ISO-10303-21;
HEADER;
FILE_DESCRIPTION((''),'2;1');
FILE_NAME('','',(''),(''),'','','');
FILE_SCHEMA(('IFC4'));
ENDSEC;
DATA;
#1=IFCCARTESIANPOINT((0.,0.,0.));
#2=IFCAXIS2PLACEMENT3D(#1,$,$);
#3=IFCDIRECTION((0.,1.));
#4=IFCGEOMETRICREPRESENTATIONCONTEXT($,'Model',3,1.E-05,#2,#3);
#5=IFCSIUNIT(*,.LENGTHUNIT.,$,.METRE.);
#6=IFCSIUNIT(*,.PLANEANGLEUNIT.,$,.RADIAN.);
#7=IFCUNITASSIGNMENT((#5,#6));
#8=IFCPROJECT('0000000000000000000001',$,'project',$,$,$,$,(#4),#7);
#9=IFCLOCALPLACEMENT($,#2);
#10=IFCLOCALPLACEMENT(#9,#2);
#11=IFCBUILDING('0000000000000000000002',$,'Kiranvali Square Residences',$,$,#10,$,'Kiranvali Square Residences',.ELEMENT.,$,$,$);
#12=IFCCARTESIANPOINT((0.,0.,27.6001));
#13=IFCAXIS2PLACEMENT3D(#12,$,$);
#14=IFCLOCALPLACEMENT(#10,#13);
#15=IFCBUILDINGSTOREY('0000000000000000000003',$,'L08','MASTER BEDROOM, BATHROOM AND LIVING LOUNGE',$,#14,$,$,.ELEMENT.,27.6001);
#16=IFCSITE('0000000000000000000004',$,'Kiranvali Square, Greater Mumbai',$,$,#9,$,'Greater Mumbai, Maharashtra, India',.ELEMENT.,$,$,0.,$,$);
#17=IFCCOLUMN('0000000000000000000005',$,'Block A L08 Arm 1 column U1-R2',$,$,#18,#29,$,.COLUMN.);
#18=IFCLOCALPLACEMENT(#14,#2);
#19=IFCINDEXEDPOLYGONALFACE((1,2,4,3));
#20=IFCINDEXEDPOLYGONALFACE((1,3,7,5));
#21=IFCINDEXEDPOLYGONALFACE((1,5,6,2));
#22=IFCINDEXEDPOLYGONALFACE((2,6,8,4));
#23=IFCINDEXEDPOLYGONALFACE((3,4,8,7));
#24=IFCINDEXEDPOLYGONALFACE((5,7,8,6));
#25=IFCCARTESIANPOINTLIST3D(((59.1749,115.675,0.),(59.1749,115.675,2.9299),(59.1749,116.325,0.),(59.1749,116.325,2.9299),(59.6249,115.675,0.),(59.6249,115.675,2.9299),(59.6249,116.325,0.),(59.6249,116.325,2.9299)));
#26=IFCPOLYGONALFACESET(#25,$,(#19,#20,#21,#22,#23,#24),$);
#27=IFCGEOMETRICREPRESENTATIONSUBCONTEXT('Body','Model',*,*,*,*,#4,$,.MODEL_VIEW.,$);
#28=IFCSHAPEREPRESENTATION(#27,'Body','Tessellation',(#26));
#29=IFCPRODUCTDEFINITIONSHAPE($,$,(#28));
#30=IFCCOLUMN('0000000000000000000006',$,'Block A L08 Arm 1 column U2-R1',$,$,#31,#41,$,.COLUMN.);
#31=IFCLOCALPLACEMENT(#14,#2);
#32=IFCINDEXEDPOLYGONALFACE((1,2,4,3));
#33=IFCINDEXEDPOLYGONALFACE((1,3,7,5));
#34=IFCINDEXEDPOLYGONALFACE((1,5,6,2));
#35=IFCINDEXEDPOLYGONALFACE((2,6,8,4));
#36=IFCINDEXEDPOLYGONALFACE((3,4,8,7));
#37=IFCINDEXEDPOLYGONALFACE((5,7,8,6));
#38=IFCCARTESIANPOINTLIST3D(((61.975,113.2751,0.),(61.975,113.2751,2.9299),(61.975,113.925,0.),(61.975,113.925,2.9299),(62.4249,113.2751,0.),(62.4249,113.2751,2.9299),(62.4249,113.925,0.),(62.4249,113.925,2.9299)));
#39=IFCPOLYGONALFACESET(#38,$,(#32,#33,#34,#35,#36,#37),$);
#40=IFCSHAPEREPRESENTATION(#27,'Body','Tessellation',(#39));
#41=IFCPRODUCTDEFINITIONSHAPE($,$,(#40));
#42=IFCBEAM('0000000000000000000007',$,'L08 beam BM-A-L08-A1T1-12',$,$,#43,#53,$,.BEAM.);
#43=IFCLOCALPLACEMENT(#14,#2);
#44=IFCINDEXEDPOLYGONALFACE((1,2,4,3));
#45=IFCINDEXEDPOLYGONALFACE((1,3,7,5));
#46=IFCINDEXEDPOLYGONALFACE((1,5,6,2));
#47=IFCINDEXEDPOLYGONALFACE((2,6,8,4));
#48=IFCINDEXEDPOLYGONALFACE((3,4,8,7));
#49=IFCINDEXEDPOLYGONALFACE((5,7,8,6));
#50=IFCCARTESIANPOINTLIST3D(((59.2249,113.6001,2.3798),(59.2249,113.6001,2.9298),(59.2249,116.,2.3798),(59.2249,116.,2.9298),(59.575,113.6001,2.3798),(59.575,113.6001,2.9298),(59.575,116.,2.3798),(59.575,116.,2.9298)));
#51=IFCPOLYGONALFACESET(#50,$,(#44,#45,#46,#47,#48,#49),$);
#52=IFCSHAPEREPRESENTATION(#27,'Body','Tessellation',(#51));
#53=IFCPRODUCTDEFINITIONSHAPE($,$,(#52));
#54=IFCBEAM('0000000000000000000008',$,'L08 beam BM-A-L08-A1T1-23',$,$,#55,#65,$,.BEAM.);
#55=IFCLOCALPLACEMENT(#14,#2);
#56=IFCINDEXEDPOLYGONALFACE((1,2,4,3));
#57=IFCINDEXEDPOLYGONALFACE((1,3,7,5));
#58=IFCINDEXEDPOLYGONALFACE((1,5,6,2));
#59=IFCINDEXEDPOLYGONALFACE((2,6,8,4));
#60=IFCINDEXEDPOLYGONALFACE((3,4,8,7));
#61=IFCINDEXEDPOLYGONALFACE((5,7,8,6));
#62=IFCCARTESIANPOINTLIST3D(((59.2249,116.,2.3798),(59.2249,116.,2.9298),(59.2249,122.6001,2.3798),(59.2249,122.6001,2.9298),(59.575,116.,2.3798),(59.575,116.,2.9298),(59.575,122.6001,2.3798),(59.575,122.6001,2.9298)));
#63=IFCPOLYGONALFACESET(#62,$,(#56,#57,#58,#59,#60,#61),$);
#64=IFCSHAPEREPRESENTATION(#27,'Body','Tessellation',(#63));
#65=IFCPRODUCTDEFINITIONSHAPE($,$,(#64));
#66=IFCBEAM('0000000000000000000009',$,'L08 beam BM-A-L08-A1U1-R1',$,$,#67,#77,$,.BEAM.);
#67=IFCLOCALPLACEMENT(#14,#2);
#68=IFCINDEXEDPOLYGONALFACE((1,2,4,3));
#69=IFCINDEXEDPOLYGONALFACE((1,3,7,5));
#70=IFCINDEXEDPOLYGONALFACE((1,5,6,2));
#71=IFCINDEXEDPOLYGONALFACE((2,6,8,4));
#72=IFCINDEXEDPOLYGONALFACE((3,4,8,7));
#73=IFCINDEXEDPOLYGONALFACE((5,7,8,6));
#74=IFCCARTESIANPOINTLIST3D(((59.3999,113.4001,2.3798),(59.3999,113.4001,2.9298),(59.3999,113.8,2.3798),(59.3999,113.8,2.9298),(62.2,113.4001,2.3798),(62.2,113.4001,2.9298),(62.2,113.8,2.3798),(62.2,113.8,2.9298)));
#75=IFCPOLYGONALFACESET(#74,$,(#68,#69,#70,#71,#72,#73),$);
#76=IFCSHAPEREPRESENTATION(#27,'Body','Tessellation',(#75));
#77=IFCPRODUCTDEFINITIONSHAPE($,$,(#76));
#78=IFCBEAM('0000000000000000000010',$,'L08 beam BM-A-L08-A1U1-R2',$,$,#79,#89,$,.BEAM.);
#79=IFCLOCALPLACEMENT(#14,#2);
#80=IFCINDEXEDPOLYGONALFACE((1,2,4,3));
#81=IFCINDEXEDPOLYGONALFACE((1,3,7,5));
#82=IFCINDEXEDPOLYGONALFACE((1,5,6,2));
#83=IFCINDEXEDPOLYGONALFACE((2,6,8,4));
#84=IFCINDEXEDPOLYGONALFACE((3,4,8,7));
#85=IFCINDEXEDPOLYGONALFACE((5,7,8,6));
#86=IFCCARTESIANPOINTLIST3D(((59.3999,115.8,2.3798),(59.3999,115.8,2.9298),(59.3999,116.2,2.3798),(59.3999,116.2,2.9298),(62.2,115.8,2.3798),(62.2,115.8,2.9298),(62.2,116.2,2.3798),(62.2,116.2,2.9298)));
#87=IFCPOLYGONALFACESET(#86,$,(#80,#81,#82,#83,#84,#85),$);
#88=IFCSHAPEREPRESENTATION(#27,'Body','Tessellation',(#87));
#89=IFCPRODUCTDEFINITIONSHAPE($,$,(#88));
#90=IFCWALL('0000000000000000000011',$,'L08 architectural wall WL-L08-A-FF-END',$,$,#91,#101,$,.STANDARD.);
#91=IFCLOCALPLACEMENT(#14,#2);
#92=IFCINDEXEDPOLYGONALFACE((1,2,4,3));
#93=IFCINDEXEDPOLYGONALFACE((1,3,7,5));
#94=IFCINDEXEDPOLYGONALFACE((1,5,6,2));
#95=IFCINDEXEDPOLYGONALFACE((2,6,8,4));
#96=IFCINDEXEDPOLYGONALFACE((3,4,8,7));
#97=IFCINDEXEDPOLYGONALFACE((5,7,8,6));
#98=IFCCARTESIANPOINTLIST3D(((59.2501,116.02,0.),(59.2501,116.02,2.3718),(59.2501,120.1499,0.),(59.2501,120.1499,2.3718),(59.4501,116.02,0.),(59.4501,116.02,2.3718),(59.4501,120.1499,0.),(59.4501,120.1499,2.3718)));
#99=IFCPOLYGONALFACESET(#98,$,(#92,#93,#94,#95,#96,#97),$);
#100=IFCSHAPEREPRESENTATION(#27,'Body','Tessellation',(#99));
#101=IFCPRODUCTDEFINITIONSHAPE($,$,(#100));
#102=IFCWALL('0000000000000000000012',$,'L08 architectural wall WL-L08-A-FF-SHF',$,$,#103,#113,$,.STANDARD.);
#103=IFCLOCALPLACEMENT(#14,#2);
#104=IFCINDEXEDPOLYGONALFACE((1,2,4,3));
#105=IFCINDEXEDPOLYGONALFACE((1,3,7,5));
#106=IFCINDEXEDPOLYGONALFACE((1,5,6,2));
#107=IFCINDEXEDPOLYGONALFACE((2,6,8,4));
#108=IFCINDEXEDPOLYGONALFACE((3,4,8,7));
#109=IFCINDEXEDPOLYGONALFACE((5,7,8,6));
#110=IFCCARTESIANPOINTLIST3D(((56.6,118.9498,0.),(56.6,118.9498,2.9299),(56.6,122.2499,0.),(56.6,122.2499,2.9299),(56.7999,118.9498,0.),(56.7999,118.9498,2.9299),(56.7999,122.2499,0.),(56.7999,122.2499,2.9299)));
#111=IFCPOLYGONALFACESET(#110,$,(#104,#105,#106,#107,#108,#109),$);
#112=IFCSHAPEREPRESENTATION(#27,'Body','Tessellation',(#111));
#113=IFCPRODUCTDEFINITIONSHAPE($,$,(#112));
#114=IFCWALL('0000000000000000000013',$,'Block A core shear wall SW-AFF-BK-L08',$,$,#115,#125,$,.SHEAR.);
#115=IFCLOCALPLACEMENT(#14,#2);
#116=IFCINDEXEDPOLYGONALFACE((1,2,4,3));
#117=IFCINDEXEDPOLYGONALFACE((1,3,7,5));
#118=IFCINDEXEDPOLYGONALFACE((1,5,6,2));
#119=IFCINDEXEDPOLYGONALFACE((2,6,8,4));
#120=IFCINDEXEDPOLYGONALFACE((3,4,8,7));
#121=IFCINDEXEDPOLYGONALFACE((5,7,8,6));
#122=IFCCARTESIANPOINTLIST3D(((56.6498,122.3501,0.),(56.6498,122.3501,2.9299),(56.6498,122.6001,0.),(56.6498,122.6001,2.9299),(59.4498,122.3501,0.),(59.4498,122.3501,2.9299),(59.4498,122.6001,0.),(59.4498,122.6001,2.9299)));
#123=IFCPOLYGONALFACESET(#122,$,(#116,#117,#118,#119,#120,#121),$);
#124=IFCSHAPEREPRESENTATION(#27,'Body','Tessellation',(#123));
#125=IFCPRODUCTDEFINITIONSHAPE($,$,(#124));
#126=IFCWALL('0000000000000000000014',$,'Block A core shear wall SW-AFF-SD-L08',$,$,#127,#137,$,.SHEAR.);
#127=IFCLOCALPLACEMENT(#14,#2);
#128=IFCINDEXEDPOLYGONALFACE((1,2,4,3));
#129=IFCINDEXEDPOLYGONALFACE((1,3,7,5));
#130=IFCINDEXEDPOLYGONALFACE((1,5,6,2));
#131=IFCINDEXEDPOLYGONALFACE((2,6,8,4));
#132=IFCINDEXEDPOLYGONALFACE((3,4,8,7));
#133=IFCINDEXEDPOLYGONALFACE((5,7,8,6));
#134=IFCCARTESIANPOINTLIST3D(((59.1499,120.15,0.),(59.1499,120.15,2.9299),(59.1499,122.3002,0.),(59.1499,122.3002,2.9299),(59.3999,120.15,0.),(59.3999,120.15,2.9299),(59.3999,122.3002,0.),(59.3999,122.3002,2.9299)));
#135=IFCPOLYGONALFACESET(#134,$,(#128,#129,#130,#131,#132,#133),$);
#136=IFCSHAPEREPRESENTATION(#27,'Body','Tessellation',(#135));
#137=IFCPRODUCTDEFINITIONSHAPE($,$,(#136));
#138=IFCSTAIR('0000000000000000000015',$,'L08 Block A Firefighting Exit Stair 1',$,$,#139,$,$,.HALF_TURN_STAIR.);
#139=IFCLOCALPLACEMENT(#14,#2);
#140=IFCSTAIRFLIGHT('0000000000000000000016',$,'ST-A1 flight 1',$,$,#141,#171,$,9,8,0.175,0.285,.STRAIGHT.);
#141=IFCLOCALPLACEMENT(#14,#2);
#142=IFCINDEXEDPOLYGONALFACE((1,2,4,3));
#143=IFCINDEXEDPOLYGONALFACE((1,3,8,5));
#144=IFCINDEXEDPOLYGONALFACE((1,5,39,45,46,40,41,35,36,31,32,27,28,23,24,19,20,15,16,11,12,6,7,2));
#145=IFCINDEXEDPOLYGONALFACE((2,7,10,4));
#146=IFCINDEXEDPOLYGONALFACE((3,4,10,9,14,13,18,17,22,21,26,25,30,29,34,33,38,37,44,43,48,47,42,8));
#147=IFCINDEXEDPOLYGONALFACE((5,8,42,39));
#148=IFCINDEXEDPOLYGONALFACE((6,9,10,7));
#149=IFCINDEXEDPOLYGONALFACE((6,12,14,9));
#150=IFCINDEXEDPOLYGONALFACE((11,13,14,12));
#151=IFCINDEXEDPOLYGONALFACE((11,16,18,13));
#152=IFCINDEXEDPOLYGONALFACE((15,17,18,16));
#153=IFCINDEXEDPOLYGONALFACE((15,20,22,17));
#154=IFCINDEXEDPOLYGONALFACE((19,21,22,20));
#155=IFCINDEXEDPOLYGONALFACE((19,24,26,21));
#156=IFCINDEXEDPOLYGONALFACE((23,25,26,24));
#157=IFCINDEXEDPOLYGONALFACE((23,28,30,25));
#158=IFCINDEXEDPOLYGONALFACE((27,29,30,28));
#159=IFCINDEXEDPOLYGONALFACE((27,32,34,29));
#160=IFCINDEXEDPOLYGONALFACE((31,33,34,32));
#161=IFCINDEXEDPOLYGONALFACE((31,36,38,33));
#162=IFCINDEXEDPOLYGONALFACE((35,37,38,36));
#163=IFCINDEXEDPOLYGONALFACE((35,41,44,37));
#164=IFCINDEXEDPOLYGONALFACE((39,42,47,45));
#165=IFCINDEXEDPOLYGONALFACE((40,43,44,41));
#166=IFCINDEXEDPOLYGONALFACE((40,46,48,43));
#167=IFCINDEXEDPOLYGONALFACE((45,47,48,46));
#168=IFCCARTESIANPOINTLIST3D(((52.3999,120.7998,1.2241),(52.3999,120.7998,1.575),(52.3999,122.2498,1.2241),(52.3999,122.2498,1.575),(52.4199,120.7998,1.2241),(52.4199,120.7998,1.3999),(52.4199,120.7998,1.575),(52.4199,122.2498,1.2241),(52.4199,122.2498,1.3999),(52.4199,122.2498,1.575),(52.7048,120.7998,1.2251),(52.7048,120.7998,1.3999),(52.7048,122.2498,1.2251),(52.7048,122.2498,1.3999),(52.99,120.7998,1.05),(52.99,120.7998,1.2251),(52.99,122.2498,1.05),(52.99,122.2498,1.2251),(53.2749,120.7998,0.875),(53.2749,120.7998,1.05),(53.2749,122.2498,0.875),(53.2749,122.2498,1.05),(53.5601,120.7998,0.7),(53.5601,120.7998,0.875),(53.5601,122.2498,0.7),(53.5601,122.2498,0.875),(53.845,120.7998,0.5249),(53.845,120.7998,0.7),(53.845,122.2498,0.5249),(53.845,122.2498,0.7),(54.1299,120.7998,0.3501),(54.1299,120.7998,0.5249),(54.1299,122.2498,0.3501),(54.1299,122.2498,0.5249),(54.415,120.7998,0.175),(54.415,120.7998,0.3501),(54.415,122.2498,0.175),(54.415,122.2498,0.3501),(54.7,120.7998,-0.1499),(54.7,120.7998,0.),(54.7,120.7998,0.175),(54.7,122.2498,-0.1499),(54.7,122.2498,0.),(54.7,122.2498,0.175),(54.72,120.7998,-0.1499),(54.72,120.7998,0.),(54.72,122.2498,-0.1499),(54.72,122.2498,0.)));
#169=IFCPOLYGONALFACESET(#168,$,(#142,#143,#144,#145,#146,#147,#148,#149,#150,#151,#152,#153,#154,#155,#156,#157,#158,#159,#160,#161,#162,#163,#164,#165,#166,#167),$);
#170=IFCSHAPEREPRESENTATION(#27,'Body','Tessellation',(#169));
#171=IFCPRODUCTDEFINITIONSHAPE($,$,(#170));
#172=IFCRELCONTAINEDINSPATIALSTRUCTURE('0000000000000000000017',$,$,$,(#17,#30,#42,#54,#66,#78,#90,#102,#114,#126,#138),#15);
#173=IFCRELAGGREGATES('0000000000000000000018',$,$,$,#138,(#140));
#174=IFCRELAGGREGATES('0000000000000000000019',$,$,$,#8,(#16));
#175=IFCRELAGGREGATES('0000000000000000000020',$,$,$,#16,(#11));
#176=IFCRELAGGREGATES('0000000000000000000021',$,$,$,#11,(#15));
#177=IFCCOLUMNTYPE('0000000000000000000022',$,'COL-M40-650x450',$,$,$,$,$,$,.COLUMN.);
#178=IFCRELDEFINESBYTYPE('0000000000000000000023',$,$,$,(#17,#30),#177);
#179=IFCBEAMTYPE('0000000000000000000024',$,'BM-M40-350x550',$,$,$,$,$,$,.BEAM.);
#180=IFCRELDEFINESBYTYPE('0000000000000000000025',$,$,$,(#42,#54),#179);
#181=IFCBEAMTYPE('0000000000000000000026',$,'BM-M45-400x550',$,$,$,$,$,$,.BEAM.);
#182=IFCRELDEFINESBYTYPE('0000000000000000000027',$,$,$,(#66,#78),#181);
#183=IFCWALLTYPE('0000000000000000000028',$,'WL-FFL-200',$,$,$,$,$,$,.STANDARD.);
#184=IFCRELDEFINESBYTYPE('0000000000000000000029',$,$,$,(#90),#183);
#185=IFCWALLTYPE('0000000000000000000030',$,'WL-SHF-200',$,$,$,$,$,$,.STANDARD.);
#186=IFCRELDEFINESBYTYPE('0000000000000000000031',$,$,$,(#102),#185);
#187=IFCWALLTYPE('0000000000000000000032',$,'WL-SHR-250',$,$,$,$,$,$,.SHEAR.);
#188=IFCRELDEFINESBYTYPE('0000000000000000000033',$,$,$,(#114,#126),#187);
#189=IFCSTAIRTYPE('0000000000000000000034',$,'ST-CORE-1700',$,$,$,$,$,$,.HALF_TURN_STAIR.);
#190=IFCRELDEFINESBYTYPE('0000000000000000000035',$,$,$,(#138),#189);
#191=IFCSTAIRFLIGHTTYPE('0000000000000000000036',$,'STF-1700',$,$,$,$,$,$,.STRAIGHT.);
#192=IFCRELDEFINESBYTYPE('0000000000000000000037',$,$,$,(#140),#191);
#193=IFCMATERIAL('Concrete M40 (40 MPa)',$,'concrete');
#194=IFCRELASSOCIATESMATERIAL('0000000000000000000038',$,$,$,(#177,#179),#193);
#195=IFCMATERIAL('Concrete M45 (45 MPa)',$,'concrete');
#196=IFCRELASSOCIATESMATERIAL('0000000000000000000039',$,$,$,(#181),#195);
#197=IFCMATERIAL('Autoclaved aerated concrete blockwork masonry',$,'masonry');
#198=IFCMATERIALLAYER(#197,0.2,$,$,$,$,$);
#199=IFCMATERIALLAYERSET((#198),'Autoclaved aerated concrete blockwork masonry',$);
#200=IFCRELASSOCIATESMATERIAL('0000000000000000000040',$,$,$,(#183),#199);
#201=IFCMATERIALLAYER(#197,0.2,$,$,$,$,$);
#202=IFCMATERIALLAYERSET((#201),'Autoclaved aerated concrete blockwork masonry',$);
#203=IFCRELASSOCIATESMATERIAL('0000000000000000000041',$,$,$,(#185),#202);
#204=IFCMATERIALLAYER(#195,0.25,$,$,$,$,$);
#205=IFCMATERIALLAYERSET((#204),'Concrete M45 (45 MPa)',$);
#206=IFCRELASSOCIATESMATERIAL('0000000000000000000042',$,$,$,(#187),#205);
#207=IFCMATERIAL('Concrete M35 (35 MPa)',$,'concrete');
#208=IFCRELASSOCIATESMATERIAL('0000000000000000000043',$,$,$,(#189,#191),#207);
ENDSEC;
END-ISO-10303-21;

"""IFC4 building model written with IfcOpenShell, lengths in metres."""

from ifc_helpers import new_model, si_unit, direction, frame, frame_2d, origin, origin_2d, place, context, subcontext, project, spatial, polyline, rectangle, outline, extrude, material, layer, layer_set, material_profile, profile_set, type_object, element, aggregate, save


model = new_model("IFC4")

# Units and contexts
model_context = context("Model", 3, precision=1e-05, world=origin(), true_north=direction((0.0, 1.0)))
body_context = subcontext(model_context, "Body", "Model", "MODEL_VIEW")
ifc_project = project(units=[si_unit("LENGTHUNIT", "METRE"), si_unit("PLANEANGLEUNIT", "RADIAN")], contexts=[model_context])

# Site, building, storey
site_placement = place(None, origin())
site = spatial("IfcSite", under=ifc_project, at=site_placement, Name="Kiranvali Square, Greater Mumbai", LongName="Greater Mumbai, Maharashtra, India", CompositionType="ELEMENT", RefElevation=0.0)
building_placement = place(site_placement, origin())
building = spatial("IfcBuilding", under=site, at=building_placement, Name="Kiranvali Square Residences", LongName="Kiranvali Square Residences", CompositionType="ELEMENT")
storey_placement = place(building_placement, frame((0.0, 0.0, 27.6001)))
storey = spatial("IfcBuildingStorey", under=building, at=storey_placement, Name="L08", Description="MASTER BEDROOM, BATHROOM AND LIVING LOUNGE", CompositionType="ELEMENT", Elevation=27.6001)

# Columns
ifc_material_1 = material(Name="Concrete M40 (40 MPa)", Category="concrete")
ifc_material_profile_1 = material_profile(ifc_material_1, rectangle(XDim=0.45, YDim=0.6499, at=origin_2d()), Name="RC 650x450")
ifc_profile_set_1 = profile_set([ifc_material_profile_1], Name="Concrete M40 (40 MPa)")
column_type = type_object("IfcColumnType", Name="COL-M40-650x450", PredefinedType="COLUMN", material=ifc_profile_set_1)
for number, where, z_axis, x_axis, name in (
    (1, (59.3999, 116.0, 0.0), (0.0, 0.0, 1.0), (1.0, 0.0, 0.0), "Block A L08 Arm 1 column U1-R2"),
    (2, (62.2, 113.6001, 0.0), (0.0, 0.0, 1.0), (1.0, 0.0, 0.0), "Block A L08 Arm 1 column U2-R1"),
):
    element("IfcColumn", number, at=place(storey_placement, frame(where, z_axis=z_axis, x_axis=x_axis)), inside=storey, type_object=column_type, Name=name, PredefinedType="COLUMN", context=body_context, shape_type="SweptSolid", body=[
        extrude(rectangle(XDim=0.45, YDim=0.6499, at=origin_2d()), origin(), (0.0, 0.0, 1.0), 2.9299),
    ])

# Beams
ifc_material_profile_2 = material_profile(ifc_material_1, rectangle(XDim=0.3501, YDim=0.55, at=origin_2d()), Name="RC 350x550")
ifc_profile_set_2 = profile_set([ifc_material_profile_2], Name="Concrete M40 (40 MPa)")
beam_type_1 = type_object("IfcBeamType", Name="BM-M40-350x550", PredefinedType="BEAM", material=ifc_profile_set_2)
beam_1_placement = place(storey_placement, frame((59.3999, 113.6001, 2.6548), z_axis=(0.0, 1.0, 0.0), x_axis=(-1.0, 0.0, 0.0)))
element("IfcBeam", 3, at=beam_1_placement, inside=storey, type_object=beam_type_1, Name="L08 beam BM-A-L08-A1T1-12", PredefinedType="BEAM", context=body_context, shape_type="SweptSolid", body=[
    extrude(rectangle(XDim=0.3501, YDim=0.55, at=origin_2d()), origin(), (0.0, 0.0, 1.0), 2.3999),
])
beam_2_placement = place(storey_placement, frame((59.3999, 116.0, 2.6548), z_axis=(0.0, 1.0, 0.0), x_axis=(-1.0, 0.0, 0.0)))
element("IfcBeam", 4, at=beam_2_placement, inside=storey, type_object=beam_type_1, Name="L08 beam BM-A-L08-A1T1-23", PredefinedType="BEAM", context=body_context, shape_type="SweptSolid", body=[
    extrude(rectangle(XDim=0.3501, YDim=0.55, at=origin_2d()), origin(), (0.0, 0.0, 1.0), 6.6001),
])
ifc_material_2 = material(Name="Concrete M45 (45 MPa)", Category="concrete")
ifc_material_profile_3 = material_profile(ifc_material_2, rectangle(XDim=0.3999, YDim=0.55, at=origin_2d()), Name="RC 400x550")
ifc_profile_set_3 = profile_set([ifc_material_profile_3], Name="Concrete M45 (45 MPa)")
beam_type_2 = type_object("IfcBeamType", Name="BM-M45-400x550", PredefinedType="BEAM", material=ifc_profile_set_3)
for number, where, z_axis, x_axis, name in (
    (5, (59.3999, 113.6001, 2.6548), (1.0, 0.0, 0.0), (0.0, 1.0, 0.0), "L08 beam BM-A-L08-A1U1-R1"),
    (6, (59.3999, 116.0, 2.6548), (1.0, 0.0, 0.0), (0.0, 1.0, 0.0), "L08 beam BM-A-L08-A1U1-R2"),
):
    element("IfcBeam", number, at=place(storey_placement, frame(where, z_axis=z_axis, x_axis=x_axis)), inside=storey, type_object=beam_type_2, Name=name, PredefinedType="BEAM", context=body_context, shape_type="SweptSolid", body=[
        extrude(rectangle(XDim=0.3999, YDim=0.55, at=origin_2d()), origin(), (0.0, 0.0, 1.0), 2.8),
    ])

# Shared definitions
ifc_material_3 = material(Name="Autoclaved aerated concrete blockwork masonry", Category="masonry")

# Wall
ifc_layer_1 = layer(ifc_material_3, 0.2)
ifc_layer_set_1 = layer_set([ifc_layer_1], Name="Autoclaved aerated concrete blockwork masonry")
wall_type_1 = type_object("IfcWallType", Name="WL-FFL-200", PredefinedType="STANDARD", material=ifc_layer_set_1)
wall_1_placement = place(storey_placement, frame((59.3501, 116.02, 0.0), z_axis=(0.0, 0.0, 1.0), x_axis=(0.0, 1.0, 0.0)))
element("IfcWall", 7, at=wall_1_placement, inside=storey, type_object=wall_type_1, Name="L08 architectural wall WL-L08-A-FF-END", PredefinedType="STANDARD", context=body_context, shape_type="SweptSolid", body=[
    extrude(rectangle(XDim=4.1299, YDim=0.2, at=frame_2d((2.0649, 0.0))), origin(), (0.0, 0.0, 1.0), 2.3718),
])

# Walls
ifc_layer_2 = layer(ifc_material_3, 0.2)
ifc_layer_set_2 = layer_set([ifc_layer_2], Name="Autoclaved aerated concrete blockwork masonry")
wall_type_2 = type_object("IfcWallType", Name="WL-SHF-200", PredefinedType="STANDARD", material=ifc_layer_set_2)
wall_2_placement = place(storey_placement, frame((56.7, 118.95, 0.0), z_axis=(0.0, 0.0, 1.0), x_axis=(0.0, 1.0, 0.0)))
element("IfcWall", 8, at=wall_2_placement, inside=storey, type_object=wall_type_2, Name="L08 architectural wall WL-L08-A-FF-SHF", PredefinedType="STANDARD", context=body_context, shape_type="SweptSolid", body=[
    extrude(rectangle(XDim=3.3, YDim=0.2, at=frame_2d((1.6499, 0.0))), origin(), (0.0, 0.0, 1.0), 2.9299),
])
ifc_layer_3 = layer(ifc_material_2, 0.25)
ifc_layer_set_3 = layer_set([ifc_layer_3], Name="Concrete M45 (45 MPa)")
wall_type_3 = type_object("IfcWallType", Name="WL-SHR-250", PredefinedType="SHEAR", material=ifc_layer_set_3)
wall_3_placement = place(storey_placement, frame((56.6499, 122.4751, 0.0), z_axis=(0.0, 0.0, 1.0), x_axis=(1.0, 0.0, 0.0)))
element("IfcWall", 9, at=wall_3_placement, inside=storey, type_object=wall_type_3, Name="Block A core shear wall SW-AFF-BK-L08", PredefinedType="SHEAR", context=body_context, shape_type="SweptSolid", body=[
    extrude(rectangle(XDim=2.8, YDim=0.25, at=frame_2d((1.3999, 0.0))), origin(), (0.0, 0.0, 1.0), 2.9299),
])
wall_4_placement = place(storey_placement, frame((59.2749, 120.1499, 0.0), z_axis=(0.0, 0.0, 1.0), x_axis=(0.0, 1.0, 0.0)))
element("IfcWall", 10, at=wall_4_placement, inside=storey, type_object=wall_type_3, Name="Block A core shear wall SW-AFF-SD-L08", PredefinedType="SHEAR", context=body_context, shape_type="SweptSolid", body=[
    extrude(rectangle(XDim=2.1501, YDim=0.25, at=frame_2d((1.0752, 0.0))), origin(), (0.0, 0.0, 1.0), 2.9299),
])

# Stair, stair flight
ifc_material_4 = material(Name="Concrete M35 (35 MPa)", Category="concrete")
stair_type = type_object("IfcStairType", Name="ST-CORE-1700", PredefinedType="HALF_TURN_STAIR", material=ifc_material_4)
stair_placement = place(storey_placement, origin())
stair = element("IfcStair", 11, at=stair_placement, inside=storey, type_object=stair_type, Name="L08 Block A Firefighting Exit Stair 1", PredefinedType="HALF_TURN_STAIR")
stair_flight_type = type_object("IfcStairFlightType", Name="STF-1700", PredefinedType="STRAIGHT", material=ifc_material_4)
stair_flight_placement = place(storey_placement, frame((54.7, 121.5249, 0.0), z_axis=(0.0, 0.0, 1.0), x_axis=(-1.0, 0.0, 0.0)))
stair_flight = element("IfcStairFlight", 12, at=stair_flight_placement, type_object=stair_flight_type, Name="ST-A1 flight 1", NumberOfRisers=9, NumberOfTreads=8, PredefinedType="STRAIGHT", RiserHeight=0.175, TreadLength=0.285, context=body_context, shape_type="SweptSolid", body=[
    extrude(outline(polyline([(-0.02, -0.1499), (-0.02, 0.0), (0.0, 0.0), (0.0, 0.175), (0.2849, 0.175), (0.2849, 0.3501), (0.5701, 0.3501), (0.5701, 0.5249), (0.855, 0.5249), (0.855, 0.7), (1.1399, 0.7), (1.1399, 0.875), (1.425, 0.875), (1.425, 1.05), (1.71, 1.05), (1.71, 1.2251), (1.9951, 1.2251), (1.9951, 1.3999), (2.28, 1.3999), (2.28, 1.575), (2.3, 1.575), (2.3, 1.2241), (2.28, 1.2241), (0.0, -0.1499), (-0.02, -0.1499)])), frame((0.0, 0.7251, 0.0), z_axis=(0.0, -1.0, 0.0), x_axis=(1.0, 0.0, 0.0)), (0.0, 0.0, 1.0), 1.45),
])
aggregate(stair, [stair_flight])

save(model, "model.ifc")
